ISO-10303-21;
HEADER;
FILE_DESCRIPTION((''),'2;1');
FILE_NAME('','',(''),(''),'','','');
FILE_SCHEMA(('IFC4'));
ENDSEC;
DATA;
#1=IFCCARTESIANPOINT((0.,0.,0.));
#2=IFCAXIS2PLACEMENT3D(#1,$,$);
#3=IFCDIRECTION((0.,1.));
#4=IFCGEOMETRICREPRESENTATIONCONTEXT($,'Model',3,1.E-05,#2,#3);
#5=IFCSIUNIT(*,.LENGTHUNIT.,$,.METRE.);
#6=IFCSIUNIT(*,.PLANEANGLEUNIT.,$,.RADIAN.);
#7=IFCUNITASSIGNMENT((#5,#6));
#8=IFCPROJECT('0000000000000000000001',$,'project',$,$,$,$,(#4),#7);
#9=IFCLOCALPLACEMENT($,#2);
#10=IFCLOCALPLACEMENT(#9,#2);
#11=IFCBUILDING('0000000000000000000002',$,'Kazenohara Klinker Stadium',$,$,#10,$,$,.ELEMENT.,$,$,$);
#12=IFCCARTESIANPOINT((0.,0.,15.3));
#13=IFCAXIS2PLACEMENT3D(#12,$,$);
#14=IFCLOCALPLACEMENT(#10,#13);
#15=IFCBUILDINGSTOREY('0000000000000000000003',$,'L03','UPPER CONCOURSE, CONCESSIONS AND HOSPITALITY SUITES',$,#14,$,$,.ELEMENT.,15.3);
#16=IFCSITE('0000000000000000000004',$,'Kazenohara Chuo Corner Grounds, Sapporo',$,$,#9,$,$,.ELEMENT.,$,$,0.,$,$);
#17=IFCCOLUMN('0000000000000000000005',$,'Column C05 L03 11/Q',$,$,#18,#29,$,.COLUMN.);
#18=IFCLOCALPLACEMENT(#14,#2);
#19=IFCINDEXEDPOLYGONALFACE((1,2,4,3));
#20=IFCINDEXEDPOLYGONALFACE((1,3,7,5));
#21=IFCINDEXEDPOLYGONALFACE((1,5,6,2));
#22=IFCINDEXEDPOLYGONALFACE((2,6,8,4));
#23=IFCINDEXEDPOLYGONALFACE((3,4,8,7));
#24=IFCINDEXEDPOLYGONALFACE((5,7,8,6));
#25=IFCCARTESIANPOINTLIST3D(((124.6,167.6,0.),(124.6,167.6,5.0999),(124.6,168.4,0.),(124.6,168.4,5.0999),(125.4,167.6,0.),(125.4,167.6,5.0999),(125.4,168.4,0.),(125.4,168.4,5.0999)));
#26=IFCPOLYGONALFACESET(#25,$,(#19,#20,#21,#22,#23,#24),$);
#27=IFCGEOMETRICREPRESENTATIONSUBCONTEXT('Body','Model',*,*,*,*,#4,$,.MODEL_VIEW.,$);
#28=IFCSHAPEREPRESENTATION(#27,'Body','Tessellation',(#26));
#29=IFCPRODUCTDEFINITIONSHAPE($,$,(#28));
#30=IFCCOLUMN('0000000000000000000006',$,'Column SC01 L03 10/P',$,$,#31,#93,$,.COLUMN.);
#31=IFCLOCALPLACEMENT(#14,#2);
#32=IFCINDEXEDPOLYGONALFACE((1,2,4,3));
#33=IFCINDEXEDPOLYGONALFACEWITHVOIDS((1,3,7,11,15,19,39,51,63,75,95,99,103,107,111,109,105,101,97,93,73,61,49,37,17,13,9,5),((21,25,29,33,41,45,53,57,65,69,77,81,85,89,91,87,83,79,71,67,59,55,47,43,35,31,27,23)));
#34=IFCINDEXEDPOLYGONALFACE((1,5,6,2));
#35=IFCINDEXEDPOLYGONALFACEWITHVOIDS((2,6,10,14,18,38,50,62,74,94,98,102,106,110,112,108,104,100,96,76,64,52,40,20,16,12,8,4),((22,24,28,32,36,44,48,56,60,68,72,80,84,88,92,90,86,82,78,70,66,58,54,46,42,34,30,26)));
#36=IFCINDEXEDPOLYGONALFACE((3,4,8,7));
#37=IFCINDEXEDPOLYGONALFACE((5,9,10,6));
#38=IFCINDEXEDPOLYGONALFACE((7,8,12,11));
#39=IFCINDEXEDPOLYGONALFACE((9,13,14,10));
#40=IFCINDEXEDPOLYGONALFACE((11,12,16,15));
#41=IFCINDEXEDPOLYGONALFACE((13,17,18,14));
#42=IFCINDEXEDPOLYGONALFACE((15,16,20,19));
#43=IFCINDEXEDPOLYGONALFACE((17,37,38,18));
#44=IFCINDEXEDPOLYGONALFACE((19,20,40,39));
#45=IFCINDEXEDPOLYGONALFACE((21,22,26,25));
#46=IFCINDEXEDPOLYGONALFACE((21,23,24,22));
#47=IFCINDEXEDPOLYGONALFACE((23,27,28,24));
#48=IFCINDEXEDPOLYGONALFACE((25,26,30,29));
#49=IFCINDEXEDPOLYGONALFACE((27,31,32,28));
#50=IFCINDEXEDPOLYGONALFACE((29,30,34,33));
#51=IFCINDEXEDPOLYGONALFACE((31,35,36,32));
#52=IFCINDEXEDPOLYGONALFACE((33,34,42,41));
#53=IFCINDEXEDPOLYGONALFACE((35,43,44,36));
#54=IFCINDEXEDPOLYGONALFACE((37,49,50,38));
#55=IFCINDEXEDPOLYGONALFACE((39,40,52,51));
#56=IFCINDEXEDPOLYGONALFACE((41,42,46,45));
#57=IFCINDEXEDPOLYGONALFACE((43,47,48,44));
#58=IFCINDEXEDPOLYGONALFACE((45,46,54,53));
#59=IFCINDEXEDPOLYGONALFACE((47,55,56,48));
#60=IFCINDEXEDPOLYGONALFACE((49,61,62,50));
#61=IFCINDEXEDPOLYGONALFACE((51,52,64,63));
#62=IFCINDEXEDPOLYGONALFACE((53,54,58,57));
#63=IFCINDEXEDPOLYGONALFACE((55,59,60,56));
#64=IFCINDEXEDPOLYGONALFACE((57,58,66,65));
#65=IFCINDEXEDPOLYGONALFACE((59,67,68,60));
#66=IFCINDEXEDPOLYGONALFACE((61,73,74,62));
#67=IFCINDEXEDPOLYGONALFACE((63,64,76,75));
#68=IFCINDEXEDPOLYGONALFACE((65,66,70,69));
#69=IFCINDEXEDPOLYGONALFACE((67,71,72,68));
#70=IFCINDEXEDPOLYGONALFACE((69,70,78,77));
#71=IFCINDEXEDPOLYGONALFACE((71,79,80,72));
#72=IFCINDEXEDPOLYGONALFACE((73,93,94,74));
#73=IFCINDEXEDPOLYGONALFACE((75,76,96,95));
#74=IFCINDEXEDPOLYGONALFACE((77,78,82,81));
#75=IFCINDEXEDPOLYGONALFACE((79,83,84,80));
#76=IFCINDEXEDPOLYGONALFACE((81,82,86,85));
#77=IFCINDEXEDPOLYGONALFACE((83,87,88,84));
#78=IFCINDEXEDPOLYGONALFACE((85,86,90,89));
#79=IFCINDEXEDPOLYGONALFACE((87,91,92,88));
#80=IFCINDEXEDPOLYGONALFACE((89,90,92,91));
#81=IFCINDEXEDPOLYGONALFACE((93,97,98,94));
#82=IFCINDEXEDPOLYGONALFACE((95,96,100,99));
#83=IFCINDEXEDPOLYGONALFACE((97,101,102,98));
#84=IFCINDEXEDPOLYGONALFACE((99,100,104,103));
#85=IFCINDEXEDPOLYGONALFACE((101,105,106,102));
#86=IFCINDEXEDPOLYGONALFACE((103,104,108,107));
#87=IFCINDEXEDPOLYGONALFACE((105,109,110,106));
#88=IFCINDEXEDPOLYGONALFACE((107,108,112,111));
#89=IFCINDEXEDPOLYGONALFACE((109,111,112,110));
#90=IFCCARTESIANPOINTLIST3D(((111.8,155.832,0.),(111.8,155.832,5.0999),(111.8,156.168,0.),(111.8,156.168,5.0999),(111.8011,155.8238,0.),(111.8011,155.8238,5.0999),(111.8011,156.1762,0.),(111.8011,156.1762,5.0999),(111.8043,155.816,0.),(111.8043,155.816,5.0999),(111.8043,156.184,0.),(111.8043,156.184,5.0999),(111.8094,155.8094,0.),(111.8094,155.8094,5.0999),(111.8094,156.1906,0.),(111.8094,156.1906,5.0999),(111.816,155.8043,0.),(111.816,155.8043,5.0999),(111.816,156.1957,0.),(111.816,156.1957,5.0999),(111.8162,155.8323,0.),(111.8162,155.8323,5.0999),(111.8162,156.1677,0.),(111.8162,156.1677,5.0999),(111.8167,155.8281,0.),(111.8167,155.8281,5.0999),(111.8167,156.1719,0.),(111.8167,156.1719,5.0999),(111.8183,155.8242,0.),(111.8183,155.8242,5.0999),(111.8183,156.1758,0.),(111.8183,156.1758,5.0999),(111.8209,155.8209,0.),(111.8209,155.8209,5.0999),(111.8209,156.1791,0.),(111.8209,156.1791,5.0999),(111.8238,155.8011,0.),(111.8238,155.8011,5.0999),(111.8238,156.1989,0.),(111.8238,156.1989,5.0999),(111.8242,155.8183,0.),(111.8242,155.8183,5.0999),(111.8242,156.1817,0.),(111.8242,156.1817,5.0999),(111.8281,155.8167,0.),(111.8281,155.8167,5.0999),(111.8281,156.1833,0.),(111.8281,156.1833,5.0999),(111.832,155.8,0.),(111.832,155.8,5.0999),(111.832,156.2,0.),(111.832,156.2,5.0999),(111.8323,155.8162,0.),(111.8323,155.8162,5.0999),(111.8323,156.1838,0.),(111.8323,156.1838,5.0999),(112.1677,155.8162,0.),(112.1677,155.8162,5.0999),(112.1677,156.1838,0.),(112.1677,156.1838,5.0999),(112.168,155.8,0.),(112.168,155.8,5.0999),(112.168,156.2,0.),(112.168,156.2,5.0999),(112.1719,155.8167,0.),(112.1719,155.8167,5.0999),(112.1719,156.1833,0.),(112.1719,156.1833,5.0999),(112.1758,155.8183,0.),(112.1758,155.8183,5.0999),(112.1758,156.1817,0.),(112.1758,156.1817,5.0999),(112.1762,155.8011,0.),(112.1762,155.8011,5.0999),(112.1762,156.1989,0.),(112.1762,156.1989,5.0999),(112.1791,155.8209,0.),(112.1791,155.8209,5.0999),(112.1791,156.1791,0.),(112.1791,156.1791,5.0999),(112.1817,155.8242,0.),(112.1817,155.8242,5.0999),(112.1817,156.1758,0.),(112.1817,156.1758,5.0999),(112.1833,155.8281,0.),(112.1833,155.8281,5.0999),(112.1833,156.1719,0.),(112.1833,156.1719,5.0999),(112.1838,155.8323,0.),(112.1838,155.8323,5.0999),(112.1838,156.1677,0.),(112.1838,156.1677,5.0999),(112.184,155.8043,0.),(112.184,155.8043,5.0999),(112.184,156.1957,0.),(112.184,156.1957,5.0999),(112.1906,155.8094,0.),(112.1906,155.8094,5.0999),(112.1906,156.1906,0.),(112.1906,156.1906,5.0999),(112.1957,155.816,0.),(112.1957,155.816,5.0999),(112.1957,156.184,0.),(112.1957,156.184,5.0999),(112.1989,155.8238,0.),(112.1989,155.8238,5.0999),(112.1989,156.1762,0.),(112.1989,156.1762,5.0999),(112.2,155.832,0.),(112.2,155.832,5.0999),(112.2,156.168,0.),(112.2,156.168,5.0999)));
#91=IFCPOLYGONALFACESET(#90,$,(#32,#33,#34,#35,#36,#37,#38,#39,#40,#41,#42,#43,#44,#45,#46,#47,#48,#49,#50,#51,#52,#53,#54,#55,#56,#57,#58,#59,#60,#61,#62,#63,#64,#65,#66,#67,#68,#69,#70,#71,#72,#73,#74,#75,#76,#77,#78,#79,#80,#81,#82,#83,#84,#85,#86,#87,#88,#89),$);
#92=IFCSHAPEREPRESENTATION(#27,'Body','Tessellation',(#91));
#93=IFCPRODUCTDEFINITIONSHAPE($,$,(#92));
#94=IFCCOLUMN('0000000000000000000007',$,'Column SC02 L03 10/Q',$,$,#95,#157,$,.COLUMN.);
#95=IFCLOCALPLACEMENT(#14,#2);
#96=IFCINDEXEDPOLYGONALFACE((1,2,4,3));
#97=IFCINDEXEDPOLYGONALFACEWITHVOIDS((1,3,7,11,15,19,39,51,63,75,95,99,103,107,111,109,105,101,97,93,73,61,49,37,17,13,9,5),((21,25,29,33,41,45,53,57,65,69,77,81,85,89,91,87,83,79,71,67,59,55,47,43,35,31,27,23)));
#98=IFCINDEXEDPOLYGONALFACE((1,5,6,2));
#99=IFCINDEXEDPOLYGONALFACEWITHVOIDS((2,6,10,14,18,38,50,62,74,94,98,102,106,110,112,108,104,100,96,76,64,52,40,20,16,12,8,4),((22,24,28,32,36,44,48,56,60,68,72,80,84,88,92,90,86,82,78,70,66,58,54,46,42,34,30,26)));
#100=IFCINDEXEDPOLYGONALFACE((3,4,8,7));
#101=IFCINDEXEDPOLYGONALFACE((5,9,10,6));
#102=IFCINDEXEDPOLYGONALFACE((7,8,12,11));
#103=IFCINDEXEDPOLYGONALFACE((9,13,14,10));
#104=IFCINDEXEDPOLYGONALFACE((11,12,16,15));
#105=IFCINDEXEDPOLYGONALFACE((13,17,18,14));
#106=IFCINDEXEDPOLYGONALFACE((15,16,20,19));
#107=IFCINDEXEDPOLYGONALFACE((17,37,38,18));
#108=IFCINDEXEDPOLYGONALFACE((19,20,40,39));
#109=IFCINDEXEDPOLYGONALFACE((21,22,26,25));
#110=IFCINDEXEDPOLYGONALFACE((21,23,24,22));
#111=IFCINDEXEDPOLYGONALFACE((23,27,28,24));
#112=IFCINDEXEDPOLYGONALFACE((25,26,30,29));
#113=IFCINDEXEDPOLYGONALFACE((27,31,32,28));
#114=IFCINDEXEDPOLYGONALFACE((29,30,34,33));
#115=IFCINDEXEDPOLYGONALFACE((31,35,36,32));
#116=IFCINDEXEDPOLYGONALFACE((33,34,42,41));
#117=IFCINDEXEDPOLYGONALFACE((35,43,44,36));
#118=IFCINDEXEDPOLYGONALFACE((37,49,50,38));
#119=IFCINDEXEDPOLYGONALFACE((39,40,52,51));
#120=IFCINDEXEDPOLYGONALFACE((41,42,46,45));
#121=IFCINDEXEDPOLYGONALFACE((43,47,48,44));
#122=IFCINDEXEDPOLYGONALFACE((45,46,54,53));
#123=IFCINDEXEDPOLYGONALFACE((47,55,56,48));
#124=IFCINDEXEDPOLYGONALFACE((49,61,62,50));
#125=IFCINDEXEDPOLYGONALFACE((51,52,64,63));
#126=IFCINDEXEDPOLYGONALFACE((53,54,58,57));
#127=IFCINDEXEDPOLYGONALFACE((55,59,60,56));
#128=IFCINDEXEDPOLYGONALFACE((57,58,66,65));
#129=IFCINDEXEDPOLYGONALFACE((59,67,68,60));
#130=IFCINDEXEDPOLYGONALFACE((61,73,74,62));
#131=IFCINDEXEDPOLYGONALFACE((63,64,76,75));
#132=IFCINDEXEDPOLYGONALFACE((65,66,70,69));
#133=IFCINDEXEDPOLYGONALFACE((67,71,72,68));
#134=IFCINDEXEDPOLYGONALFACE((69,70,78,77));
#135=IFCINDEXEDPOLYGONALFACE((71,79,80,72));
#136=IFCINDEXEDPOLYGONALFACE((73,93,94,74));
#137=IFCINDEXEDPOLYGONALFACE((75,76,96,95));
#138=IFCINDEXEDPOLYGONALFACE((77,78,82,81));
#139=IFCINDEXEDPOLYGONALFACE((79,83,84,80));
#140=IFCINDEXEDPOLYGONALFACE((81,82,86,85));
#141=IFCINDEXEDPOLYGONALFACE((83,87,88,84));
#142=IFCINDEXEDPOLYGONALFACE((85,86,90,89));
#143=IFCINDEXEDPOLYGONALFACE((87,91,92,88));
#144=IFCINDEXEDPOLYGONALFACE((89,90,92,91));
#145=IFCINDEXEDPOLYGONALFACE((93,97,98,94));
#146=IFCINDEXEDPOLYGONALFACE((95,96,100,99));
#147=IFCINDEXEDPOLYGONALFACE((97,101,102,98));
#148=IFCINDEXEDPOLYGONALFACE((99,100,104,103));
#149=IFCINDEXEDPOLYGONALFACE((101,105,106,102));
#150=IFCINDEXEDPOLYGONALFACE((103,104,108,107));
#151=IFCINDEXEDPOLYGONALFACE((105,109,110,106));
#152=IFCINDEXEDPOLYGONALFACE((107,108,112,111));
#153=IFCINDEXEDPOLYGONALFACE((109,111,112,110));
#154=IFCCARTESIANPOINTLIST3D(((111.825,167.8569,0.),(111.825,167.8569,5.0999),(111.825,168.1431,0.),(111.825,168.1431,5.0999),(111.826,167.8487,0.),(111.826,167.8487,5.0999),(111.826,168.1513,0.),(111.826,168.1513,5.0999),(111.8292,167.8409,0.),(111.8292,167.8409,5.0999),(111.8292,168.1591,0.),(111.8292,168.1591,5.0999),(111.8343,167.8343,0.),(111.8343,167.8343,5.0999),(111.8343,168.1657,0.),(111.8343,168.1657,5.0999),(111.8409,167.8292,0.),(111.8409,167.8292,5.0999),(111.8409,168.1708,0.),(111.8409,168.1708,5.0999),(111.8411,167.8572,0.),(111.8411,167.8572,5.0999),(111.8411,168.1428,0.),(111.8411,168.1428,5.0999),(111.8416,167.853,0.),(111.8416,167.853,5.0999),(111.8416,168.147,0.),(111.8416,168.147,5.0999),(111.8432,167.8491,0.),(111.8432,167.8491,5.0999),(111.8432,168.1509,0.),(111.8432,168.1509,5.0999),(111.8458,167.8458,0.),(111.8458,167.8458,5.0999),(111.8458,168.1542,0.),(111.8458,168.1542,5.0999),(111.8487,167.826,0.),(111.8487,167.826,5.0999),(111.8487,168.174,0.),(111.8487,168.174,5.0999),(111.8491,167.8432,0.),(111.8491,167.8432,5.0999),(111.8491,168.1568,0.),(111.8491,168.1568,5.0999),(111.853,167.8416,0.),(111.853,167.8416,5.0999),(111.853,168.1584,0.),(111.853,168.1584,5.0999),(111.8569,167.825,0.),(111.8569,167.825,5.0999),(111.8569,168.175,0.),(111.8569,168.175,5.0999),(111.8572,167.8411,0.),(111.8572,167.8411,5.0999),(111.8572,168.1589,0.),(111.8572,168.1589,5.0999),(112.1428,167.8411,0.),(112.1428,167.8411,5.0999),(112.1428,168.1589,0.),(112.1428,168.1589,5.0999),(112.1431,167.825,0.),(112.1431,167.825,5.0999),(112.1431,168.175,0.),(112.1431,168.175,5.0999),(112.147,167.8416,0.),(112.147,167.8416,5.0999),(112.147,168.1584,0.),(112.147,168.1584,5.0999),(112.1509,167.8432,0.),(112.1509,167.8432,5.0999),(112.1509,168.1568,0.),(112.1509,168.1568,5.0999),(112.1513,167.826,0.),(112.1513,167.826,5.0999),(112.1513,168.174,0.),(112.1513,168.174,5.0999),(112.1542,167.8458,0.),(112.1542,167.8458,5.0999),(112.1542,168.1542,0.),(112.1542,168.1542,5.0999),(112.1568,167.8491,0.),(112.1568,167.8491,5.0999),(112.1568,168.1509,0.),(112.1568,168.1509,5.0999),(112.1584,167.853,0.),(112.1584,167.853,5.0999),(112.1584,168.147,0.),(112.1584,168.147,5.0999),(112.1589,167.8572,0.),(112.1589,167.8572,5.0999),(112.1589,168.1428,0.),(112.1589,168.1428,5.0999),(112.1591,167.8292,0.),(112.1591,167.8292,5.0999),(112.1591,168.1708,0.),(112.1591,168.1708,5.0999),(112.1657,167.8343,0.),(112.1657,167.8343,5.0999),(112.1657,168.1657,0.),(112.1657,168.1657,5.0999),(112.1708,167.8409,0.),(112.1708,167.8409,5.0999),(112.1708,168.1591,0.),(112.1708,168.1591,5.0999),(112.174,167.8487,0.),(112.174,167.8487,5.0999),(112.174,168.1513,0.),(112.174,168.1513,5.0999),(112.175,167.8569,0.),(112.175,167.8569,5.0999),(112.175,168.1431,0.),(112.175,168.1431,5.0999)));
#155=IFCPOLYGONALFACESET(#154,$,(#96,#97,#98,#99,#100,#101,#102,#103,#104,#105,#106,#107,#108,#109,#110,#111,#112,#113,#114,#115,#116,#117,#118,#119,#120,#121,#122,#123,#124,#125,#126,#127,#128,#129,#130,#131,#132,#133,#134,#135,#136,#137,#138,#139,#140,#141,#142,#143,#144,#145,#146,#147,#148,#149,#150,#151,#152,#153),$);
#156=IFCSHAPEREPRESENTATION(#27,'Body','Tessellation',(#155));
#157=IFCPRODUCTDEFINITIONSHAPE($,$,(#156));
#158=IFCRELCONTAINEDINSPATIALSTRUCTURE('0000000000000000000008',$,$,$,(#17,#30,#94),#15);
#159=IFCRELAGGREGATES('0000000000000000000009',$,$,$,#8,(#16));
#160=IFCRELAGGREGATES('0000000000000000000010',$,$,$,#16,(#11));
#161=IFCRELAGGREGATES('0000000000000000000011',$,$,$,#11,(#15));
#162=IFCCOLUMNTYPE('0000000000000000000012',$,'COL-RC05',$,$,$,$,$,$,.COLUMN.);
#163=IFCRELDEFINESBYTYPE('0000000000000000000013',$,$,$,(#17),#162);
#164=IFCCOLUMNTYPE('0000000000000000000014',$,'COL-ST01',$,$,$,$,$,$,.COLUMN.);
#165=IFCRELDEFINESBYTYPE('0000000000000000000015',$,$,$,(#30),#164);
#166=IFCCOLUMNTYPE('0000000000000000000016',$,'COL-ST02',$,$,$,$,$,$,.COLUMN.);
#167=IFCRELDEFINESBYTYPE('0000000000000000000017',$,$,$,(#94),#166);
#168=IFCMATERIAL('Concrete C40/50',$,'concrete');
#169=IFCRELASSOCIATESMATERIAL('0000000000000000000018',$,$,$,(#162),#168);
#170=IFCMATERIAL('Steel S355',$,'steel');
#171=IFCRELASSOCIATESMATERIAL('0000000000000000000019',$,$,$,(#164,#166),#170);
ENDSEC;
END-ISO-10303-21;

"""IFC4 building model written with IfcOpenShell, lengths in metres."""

from ifc_helpers import new_model, si_unit, direction, frame, origin, origin_2d, place, context, subcontext, project, spatial, rectangle, hollow_rectangle, extrude, material, material_profile, profile_set, type_object, element, save


model = new_model("IFC4")

# Units and contexts
model_context = context("Model", 3, precision=1e-05, world=origin(), true_north=direction((0.0, 1.0)))
body_context = subcontext(model_context, "Body", "Model", "MODEL_VIEW")
ifc_project = project(units=[si_unit("LENGTHUNIT", "METRE"), si_unit("PLANEANGLEUNIT", "RADIAN")], contexts=[model_context])

# Site, building, storey
site_placement = place(None, origin())
site = spatial("IfcSite", under=ifc_project, at=site_placement, Name="Kazenohara Chuo Corner Grounds, Sapporo", CompositionType="ELEMENT", RefElevation=0.0)
building_placement = place(site_placement, origin())
building = spatial("IfcBuilding", under=site, at=building_placement, Name="Kazenohara Klinker Stadium", CompositionType="ELEMENT")
storey_placement = place(building_placement, frame((0.0, 0.0, 15.3)))
storey = spatial("IfcBuildingStorey", under=building, at=storey_placement, Name="L03", Description="UPPER CONCOURSE, CONCESSIONS AND HOSPITALITY SUITES", CompositionType="ELEMENT", Elevation=15.3)

# Columns
ifc_material_1 = material(Name="Concrete C40/50", Category="concrete")
ifc_material_profile_1 = material_profile(ifc_material_1, rectangle(XDim=0.8, YDim=0.8, at=origin_2d()), Name="RC-COL-800x800")
ifc_profile_set_1 = profile_set([ifc_material_profile_1], Name="Concrete C40/50")
column_type_1 = type_object("IfcColumnType", Name="COL-RC05", PredefinedType="COLUMN", material=ifc_profile_set_1)
column_1_placement = place(storey_placement, frame((125.0, 168.0, 0.0), z_axis=(0.0, 0.0, 1.0), x_axis=(1.0, 0.0, 0.0)))
element("IfcColumn", 1, at=column_1_placement, inside=storey, type_object=column_type_1, Name="Column C05 L03 11/Q", PredefinedType="COLUMN", context=body_context, shape_type="SweptSolid", body=[
    extrude(rectangle(XDim=0.8, YDim=0.8, at=origin_2d()), origin(), (0.0, 0.0, 1.0), 5.0999),
])
ifc_material_2 = material(Name="Steel S355", Category="steel")
ifc_material_profile_2 = material_profile(ifc_material_2, hollow_rectangle(XDim=0.3999, YDim=0.3999, WallThickness=0.0161, InnerFilletRadius=0.0161, OuterFilletRadius=0.032, at=origin_2d()), Name="SHS-400x400x16")
ifc_profile_set_2 = profile_set([ifc_material_profile_2], Name="Steel S355")
column_type_2 = type_object("IfcColumnType", Name="COL-ST01", PredefinedType="COLUMN", material=ifc_profile_set_2)
column_2_placement = place(storey_placement, frame((112.0, 156.0, 0.0), z_axis=(0.0, 0.0, 1.0), x_axis=(1.0, 0.0, 0.0)))
element("IfcColumn", 2, at=column_2_placement, inside=storey, type_object=column_type_2, Name="Column SC01 L03 10/P", PredefinedType="COLUMN", context=body_context, shape_type="SweptSolid", body=[
    extrude(hollow_rectangle(XDim=0.3999, YDim=0.3999, WallThickness=0.0161, InnerFilletRadius=0.0161, OuterFilletRadius=0.032, at=origin_2d()), origin(), (0.0, 0.0, 1.0), 5.0999),
])
ifc_material_profile_3 = material_profile(ifc_material_2, hollow_rectangle(XDim=0.3501, YDim=0.3501, WallThickness=0.0161, InnerFilletRadius=0.0161, OuterFilletRadius=0.032, at=origin_2d()), Name="SHS-350x350x16")
ifc_profile_set_3 = profile_set([ifc_material_profile_3], Name="Steel S355")
column_type_3 = type_object("IfcColumnType", Name="COL-ST02", PredefinedType="COLUMN", material=ifc_profile_set_3)
for number, where, z_axis, x_axis, name in (
    (3, (112.0, 168.0, 0.0), (0.0, 0.0, 1.0), (1.0, 0.0, 0.0), "Column SC02 L03 10/Q"),
):
    element("IfcColumn", number, at=place(storey_placement, frame(where, z_axis=z_axis, x_axis=x_axis)), inside=storey, type_object=column_type_3, Name=name, PredefinedType="COLUMN", context=body_context, shape_type="SweptSolid", body=[
        extrude(hollow_rectangle(XDim=0.3501, YDim=0.3501, WallThickness=0.0161, InnerFilletRadius=0.0161, OuterFilletRadius=0.032, at=origin_2d()), origin(), (0.0, 0.0, 1.0), 5.0999),
    ])

save(model, "model.ifc")
